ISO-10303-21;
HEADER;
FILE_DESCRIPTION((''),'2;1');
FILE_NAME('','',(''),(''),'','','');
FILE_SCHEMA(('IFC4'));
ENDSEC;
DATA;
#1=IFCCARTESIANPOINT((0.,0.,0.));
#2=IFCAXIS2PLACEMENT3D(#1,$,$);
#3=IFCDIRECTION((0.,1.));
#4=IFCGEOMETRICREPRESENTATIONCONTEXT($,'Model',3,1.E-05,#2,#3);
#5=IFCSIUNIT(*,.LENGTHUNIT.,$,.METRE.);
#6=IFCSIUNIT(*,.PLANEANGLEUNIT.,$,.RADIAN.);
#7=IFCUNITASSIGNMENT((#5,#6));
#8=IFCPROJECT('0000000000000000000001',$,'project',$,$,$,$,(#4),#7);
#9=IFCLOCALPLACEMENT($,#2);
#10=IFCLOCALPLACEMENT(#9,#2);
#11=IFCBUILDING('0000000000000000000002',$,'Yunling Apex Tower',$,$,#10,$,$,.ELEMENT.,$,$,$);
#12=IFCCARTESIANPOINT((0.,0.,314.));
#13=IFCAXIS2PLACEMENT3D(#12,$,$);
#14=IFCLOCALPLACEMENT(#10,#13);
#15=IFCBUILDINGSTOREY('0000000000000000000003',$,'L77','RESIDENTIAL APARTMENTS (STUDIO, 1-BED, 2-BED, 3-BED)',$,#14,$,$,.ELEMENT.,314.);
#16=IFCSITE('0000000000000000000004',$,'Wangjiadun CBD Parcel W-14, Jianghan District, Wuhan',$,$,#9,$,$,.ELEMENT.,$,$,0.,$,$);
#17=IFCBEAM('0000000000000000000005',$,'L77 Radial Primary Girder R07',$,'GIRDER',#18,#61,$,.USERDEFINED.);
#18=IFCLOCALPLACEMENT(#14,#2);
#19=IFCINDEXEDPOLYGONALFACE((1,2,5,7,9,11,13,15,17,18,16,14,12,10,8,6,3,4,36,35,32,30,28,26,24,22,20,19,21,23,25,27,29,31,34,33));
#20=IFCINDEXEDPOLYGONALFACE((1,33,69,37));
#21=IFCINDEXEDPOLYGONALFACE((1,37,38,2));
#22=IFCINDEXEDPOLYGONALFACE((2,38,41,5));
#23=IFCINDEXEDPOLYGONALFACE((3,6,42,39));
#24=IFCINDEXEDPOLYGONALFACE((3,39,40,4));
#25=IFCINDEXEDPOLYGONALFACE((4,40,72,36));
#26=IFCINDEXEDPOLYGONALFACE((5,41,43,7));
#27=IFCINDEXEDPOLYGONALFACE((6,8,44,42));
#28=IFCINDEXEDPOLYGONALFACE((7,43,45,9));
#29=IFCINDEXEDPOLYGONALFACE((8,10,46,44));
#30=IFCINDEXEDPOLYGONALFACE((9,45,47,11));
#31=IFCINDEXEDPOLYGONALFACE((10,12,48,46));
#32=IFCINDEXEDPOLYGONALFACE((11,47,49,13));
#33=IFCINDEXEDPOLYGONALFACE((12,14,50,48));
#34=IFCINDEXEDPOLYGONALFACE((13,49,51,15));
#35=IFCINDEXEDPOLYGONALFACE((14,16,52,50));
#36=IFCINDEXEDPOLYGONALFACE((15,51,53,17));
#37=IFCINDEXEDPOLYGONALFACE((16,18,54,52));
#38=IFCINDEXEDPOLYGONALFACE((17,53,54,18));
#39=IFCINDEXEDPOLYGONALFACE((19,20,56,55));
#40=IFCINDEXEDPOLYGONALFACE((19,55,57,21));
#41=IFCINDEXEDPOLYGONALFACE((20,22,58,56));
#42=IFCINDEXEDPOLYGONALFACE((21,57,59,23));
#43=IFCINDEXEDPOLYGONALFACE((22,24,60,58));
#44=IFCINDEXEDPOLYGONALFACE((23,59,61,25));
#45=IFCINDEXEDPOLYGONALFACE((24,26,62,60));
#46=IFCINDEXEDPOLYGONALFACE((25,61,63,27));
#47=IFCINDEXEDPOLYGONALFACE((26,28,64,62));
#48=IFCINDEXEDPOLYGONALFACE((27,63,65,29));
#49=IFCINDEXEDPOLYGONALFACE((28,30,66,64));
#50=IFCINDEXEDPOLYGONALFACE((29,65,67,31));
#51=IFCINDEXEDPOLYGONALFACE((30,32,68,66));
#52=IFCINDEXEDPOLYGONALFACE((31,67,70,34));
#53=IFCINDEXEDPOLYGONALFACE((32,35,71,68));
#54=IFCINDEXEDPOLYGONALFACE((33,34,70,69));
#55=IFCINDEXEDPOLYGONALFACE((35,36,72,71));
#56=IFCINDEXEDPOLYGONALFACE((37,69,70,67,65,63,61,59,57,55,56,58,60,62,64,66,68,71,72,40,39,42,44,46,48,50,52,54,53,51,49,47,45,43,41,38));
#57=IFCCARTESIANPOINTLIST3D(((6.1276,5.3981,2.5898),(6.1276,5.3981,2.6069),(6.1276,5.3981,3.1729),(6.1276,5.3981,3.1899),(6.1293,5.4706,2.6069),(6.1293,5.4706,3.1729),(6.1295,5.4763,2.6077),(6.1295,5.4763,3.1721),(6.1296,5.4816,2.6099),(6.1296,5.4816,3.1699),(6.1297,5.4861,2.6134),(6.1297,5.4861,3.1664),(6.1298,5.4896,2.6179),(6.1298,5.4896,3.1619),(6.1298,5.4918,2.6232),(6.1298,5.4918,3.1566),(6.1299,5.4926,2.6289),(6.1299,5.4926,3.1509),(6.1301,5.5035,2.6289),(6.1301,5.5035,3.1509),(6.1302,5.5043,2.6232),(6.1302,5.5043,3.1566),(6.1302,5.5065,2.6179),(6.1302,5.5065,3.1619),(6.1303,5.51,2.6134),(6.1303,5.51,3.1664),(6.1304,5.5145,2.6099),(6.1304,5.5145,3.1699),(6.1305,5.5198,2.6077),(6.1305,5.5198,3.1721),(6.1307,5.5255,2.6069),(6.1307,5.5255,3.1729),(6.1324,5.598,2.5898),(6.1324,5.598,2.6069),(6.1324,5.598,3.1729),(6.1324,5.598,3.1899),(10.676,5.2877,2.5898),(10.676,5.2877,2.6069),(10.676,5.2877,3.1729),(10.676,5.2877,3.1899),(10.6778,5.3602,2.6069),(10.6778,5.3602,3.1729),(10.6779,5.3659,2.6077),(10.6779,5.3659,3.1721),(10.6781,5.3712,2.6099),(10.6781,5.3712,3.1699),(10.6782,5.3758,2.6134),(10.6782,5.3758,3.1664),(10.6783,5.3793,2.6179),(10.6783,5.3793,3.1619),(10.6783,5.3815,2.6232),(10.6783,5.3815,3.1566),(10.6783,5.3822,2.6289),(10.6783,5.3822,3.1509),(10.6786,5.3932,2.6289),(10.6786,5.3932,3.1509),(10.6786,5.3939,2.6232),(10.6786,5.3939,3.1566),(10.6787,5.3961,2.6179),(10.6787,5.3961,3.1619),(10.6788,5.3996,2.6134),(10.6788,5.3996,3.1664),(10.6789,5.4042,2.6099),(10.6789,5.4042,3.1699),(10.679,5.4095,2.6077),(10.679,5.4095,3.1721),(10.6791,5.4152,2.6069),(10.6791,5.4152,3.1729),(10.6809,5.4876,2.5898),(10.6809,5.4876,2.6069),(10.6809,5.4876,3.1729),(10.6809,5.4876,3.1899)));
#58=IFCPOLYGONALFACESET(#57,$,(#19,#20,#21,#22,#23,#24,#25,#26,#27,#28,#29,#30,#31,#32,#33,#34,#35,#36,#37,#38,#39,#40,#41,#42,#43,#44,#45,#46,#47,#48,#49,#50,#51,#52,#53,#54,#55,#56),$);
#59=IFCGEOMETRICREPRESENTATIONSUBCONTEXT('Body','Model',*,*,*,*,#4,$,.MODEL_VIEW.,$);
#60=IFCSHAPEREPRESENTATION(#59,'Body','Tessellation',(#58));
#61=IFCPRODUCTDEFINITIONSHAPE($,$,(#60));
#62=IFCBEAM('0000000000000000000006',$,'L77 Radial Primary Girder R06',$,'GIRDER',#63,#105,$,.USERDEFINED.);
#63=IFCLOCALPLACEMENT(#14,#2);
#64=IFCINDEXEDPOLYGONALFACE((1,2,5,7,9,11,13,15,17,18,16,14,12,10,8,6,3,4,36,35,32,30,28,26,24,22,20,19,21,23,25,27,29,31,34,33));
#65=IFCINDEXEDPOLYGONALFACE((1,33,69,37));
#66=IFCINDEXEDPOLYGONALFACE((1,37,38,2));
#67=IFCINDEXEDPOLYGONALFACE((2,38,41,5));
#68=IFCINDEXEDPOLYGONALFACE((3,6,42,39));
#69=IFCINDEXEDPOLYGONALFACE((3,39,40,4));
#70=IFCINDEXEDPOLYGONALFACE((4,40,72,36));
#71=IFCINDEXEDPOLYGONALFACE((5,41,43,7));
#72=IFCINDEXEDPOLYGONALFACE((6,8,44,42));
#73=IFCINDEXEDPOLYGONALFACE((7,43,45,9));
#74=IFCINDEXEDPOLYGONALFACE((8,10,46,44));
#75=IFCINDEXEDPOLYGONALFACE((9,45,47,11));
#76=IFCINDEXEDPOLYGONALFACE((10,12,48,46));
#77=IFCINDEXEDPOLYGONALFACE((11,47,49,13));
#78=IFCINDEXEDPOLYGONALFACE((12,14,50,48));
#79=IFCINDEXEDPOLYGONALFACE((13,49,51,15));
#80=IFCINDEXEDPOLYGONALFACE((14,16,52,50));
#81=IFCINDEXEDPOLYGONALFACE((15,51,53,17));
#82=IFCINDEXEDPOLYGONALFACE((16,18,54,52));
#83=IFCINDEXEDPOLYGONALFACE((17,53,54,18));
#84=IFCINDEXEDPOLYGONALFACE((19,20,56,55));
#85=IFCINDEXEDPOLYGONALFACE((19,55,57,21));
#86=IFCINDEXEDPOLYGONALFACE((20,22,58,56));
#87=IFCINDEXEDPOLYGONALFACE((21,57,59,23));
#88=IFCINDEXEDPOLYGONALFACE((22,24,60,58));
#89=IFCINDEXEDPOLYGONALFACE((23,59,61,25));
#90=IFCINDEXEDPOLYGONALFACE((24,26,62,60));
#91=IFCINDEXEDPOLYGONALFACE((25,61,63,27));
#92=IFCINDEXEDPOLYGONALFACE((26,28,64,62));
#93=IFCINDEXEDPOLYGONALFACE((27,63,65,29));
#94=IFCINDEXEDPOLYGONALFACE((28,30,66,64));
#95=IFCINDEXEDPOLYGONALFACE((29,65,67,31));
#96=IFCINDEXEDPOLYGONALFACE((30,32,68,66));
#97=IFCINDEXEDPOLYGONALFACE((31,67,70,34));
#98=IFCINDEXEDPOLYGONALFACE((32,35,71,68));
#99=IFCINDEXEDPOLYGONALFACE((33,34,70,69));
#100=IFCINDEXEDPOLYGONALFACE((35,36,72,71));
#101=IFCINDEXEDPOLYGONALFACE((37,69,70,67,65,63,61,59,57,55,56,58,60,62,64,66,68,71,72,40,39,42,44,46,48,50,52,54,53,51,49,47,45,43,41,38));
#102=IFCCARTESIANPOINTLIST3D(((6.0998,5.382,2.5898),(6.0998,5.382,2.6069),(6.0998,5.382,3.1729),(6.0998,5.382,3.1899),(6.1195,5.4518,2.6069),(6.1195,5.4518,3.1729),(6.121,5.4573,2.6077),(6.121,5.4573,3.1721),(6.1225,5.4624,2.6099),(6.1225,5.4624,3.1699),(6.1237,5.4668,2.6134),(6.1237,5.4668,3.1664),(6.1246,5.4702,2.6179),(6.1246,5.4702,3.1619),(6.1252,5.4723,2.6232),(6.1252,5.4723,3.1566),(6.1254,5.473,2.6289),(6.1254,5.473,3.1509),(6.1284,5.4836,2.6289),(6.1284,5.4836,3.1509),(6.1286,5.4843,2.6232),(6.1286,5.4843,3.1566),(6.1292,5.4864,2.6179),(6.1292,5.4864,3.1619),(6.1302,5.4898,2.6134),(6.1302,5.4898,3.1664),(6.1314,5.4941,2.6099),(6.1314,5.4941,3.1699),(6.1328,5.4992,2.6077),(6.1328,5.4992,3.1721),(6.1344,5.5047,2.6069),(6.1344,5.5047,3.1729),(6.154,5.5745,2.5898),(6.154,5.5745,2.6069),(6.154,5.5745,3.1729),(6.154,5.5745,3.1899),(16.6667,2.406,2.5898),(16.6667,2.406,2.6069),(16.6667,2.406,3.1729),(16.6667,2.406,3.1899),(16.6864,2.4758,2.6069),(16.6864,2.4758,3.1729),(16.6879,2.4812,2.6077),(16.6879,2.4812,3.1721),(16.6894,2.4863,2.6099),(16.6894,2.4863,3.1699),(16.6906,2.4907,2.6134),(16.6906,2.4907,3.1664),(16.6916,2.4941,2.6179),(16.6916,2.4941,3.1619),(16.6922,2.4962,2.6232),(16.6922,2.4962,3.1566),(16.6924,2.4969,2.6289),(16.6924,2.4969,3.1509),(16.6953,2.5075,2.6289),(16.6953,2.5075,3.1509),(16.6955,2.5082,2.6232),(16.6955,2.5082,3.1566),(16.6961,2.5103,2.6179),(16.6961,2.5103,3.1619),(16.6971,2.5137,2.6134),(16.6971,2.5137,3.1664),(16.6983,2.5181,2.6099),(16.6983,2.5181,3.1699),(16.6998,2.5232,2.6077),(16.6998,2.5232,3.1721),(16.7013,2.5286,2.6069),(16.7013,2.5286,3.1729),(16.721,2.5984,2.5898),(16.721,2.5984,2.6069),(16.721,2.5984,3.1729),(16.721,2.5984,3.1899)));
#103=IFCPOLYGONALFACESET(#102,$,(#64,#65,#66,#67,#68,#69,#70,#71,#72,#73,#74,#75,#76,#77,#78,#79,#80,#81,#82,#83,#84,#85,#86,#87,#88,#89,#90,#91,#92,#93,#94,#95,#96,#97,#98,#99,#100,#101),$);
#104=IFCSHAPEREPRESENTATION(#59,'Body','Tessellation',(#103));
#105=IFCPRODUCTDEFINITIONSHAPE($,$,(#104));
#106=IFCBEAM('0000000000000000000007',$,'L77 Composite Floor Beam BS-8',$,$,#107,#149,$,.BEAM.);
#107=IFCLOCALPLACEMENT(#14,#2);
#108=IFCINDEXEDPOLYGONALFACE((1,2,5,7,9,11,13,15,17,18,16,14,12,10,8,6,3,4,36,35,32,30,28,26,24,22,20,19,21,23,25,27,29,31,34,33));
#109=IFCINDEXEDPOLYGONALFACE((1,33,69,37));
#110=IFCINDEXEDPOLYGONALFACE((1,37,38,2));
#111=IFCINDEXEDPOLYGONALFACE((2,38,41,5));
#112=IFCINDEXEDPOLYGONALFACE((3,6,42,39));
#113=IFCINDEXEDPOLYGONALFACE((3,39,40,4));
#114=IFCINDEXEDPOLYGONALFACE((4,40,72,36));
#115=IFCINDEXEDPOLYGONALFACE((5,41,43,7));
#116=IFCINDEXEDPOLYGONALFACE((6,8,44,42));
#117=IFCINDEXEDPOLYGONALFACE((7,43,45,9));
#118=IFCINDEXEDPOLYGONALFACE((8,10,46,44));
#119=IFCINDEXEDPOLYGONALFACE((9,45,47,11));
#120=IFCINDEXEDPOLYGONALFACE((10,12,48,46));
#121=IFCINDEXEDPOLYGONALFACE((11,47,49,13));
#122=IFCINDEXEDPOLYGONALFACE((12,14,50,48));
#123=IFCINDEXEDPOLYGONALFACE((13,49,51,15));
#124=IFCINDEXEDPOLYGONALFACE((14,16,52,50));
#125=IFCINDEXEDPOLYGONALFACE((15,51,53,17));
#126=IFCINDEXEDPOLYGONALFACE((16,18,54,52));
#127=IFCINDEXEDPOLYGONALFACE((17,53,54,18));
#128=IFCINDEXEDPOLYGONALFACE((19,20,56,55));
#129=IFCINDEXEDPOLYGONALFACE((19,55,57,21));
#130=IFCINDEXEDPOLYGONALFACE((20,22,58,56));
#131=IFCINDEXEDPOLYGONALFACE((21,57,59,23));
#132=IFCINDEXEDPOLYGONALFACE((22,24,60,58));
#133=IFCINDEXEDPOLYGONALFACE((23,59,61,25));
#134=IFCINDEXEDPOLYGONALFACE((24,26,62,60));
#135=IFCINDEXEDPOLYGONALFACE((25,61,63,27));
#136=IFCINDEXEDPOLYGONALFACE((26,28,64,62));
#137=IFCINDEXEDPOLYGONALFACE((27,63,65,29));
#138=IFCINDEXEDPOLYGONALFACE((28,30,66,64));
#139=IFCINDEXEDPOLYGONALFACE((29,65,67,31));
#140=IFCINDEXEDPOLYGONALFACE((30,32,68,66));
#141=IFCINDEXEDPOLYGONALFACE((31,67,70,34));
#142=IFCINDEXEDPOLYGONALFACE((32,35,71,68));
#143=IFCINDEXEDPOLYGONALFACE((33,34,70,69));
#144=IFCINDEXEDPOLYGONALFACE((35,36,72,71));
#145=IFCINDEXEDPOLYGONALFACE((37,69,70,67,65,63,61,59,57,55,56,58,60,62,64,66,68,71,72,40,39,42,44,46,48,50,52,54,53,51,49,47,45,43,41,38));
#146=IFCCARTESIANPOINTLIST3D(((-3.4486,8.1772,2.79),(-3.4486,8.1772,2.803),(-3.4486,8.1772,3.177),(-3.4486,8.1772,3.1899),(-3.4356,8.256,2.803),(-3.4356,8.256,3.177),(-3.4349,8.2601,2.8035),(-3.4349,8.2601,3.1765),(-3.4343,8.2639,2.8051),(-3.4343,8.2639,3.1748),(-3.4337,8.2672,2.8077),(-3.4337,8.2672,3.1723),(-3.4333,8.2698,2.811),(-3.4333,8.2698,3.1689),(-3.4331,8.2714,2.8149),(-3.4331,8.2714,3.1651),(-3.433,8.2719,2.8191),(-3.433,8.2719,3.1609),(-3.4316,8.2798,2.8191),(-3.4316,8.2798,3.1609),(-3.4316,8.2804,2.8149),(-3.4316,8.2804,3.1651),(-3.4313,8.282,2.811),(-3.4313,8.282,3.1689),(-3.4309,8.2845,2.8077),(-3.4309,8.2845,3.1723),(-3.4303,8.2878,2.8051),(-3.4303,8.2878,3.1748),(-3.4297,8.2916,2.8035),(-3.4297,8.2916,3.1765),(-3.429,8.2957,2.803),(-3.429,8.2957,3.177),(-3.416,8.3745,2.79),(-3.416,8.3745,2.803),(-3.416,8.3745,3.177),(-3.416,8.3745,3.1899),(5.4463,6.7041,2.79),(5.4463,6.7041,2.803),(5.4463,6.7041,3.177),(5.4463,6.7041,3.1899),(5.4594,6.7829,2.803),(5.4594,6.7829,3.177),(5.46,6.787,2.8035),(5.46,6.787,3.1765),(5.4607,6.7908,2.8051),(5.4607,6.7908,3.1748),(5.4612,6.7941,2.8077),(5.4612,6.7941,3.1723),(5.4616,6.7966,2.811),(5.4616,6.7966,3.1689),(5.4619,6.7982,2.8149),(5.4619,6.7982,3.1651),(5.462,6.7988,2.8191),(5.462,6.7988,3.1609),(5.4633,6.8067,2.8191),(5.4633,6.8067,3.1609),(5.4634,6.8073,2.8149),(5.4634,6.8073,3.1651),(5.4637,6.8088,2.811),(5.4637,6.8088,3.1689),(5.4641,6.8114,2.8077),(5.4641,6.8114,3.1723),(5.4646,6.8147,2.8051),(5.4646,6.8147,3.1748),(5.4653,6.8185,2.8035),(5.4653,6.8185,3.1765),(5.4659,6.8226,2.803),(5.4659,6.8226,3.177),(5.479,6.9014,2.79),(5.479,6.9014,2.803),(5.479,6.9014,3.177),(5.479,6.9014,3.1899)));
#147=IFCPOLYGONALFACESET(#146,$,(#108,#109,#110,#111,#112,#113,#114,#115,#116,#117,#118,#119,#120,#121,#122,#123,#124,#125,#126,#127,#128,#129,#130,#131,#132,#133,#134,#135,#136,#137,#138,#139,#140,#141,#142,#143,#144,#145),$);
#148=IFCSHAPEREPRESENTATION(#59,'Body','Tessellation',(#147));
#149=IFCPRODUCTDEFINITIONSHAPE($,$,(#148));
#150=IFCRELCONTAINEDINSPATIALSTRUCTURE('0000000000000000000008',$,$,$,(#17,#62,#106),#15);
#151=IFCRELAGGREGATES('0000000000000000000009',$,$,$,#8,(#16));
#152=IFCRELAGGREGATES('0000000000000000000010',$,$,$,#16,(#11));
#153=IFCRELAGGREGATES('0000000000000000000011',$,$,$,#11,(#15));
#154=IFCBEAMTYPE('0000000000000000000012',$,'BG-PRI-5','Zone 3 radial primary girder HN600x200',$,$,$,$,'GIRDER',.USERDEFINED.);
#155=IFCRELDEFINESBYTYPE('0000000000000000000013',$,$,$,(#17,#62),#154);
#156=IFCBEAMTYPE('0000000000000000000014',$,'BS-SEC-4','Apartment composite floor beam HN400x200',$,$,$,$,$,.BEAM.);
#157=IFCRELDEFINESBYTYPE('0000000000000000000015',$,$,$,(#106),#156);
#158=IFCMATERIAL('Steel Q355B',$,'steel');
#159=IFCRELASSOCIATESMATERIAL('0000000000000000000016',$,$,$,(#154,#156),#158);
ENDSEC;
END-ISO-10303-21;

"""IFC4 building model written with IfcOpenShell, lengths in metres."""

from ifc_helpers import new_model, si_unit, direction, frame, origin, origin_2d, place, context, subcontext, project, spatial, i_section, extrude, source, transform, mapped, material, material_profile, profile_set, type_object, element, save


model = new_model("IFC4")

# Units and contexts
model_context = context("Model", 3, precision=1e-05, world=origin(), true_north=direction((0.0, 1.0)))
body_context = subcontext(model_context, "Body", "Model", "MODEL_VIEW")
ifc_project = project(units=[si_unit("LENGTHUNIT", "METRE"), si_unit("PLANEANGLEUNIT", "RADIAN")], contexts=[model_context])

# Site, building, storey
site_placement = place(None, origin())
site = spatial("IfcSite", under=ifc_project, at=site_placement, Name="Wangjiadun CBD Parcel W-14, Jianghan District, Wuhan", CompositionType="ELEMENT", RefElevation=0.0)
building_placement = place(site_placement, origin())
building = spatial("IfcBuilding", under=site, at=building_placement, Name="Yunling Apex Tower", CompositionType="ELEMENT")
storey_placement = place(building_placement, frame((0.0, 0.0, 314.0)))
storey = spatial("IfcBuildingStorey", under=building, at=storey_placement, Name="L77", Description="RESIDENTIAL APARTMENTS (STUDIO, 1-BED, 2-BED, 3-BED)", CompositionType="ELEMENT", Elevation=314.0)

# Shared definitions
ifc_material_1 = material(Name="Steel Q355B", Category="steel")

# Beams
ifc_material_profile_1 = material_profile(ifc_material_1, i_section(OverallWidth=0.2, OverallDepth=0.6001, WebThickness=0.011, FlangeThickness=0.0171, FilletRadius=0.022, at=origin_2d()))
ifc_profile_set_1 = profile_set([ifc_material_profile_1], Name="Steel Q355B")
beam_type_1 = type_object("IfcBeamType", Name="BG-PRI-5", Description="Zone 3 radial primary girder HN600x200", ElementType="GIRDER", PredefinedType="USERDEFINED", material=ifc_profile_set_1)
shared_shape_1 = source(origin(), body_context, "Body", "SweptSolid", [
    extrude(i_section(OverallWidth=0.2, OverallDepth=0.6001, WebThickness=0.011, FlangeThickness=0.0171, FilletRadius=0.022, at=origin_2d()), origin(), (0.0, 0.0, 1.0), 4.5498),
])
beam_1_placement = place(storey_placement, frame((10.6785, 5.3877, 2.8899), z_axis=(-0.999706, 0.024254, 0.0), x_axis=(-0.024254, -0.999706, 0.0)))
element("IfcBeam", 1, at=beam_1_placement, inside=storey, type_object=beam_type_1, Name="L77 Radial Primary Girder R07", ObjectType="GIRDER", PredefinedType="USERDEFINED", context=body_context, shape_type="MappedRepresentation", body=[
    mapped(shared_shape_1, transform((0.0, 0.0, 0.0), scale=1.0)),
])
shared_shape_2 = source(origin(), body_context, "Body", "SweptSolid", [
    extrude(i_section(OverallWidth=0.2, OverallDepth=0.6001, WebThickness=0.011, FlangeThickness=0.0171, FilletRadius=0.022, at=origin_2d()), origin(), (0.0, 0.0, 1.0), 10.978),
])
beam_2_placement = place(storey_placement, frame((16.6938, 2.5022, 2.8899), z_axis=(-0.962553, 0.271095, 0.0), x_axis=(-0.271095, -0.962553, 0.0)))
element("IfcBeam", 2, at=beam_2_placement, inside=storey, type_object=beam_type_1, Name="L77 Radial Primary Girder R06", ObjectType="GIRDER", PredefinedType="USERDEFINED", context=body_context, shape_type="MappedRepresentation", body=[
    mapped(shared_shape_2, transform((0.0, 0.0, 0.0), scale=1.0)),
])
ifc_material_profile_2 = material_profile(ifc_material_1, i_section(OverallWidth=0.2, OverallDepth=0.3999, WebThickness=0.0081, FlangeThickness=0.0129, FilletRadius=0.0161, at=origin_2d()))
ifc_profile_set_2 = profile_set([ifc_material_profile_2], Name="Steel Q355B")
beam_type_2 = type_object("IfcBeamType", Name="BS-SEC-4", Description="Apartment composite floor beam HN400x200", PredefinedType="BEAM", material=ifc_profile_set_2)
shared_shape_3 = source(origin(), body_context, "Body", "SweptSolid", [
    extrude(i_section(OverallWidth=0.2, OverallDepth=0.3999, WebThickness=0.0081, FlangeThickness=0.0129, FilletRadius=0.0161, at=origin_2d()), origin(), (0.0, 0.0, 1.0), 9.0161),
])
beam_3_placement = place(storey_placement, frame((5.4626, 6.8027, 2.99), z_axis=(-0.986562, 0.163389, 0.0), x_axis=(-0.163389, -0.986562, 0.0)))
element("IfcBeam", 3, at=beam_3_placement, inside=storey, type_object=beam_type_2, Name="L77 Composite Floor Beam BS-8", PredefinedType="BEAM", context=body_context, shape_type="MappedRepresentation", body=[
    mapped(shared_shape_3, transform((0.0, 0.0, 0.0), scale=1.0)),
])

save(model, "model.ifc")
